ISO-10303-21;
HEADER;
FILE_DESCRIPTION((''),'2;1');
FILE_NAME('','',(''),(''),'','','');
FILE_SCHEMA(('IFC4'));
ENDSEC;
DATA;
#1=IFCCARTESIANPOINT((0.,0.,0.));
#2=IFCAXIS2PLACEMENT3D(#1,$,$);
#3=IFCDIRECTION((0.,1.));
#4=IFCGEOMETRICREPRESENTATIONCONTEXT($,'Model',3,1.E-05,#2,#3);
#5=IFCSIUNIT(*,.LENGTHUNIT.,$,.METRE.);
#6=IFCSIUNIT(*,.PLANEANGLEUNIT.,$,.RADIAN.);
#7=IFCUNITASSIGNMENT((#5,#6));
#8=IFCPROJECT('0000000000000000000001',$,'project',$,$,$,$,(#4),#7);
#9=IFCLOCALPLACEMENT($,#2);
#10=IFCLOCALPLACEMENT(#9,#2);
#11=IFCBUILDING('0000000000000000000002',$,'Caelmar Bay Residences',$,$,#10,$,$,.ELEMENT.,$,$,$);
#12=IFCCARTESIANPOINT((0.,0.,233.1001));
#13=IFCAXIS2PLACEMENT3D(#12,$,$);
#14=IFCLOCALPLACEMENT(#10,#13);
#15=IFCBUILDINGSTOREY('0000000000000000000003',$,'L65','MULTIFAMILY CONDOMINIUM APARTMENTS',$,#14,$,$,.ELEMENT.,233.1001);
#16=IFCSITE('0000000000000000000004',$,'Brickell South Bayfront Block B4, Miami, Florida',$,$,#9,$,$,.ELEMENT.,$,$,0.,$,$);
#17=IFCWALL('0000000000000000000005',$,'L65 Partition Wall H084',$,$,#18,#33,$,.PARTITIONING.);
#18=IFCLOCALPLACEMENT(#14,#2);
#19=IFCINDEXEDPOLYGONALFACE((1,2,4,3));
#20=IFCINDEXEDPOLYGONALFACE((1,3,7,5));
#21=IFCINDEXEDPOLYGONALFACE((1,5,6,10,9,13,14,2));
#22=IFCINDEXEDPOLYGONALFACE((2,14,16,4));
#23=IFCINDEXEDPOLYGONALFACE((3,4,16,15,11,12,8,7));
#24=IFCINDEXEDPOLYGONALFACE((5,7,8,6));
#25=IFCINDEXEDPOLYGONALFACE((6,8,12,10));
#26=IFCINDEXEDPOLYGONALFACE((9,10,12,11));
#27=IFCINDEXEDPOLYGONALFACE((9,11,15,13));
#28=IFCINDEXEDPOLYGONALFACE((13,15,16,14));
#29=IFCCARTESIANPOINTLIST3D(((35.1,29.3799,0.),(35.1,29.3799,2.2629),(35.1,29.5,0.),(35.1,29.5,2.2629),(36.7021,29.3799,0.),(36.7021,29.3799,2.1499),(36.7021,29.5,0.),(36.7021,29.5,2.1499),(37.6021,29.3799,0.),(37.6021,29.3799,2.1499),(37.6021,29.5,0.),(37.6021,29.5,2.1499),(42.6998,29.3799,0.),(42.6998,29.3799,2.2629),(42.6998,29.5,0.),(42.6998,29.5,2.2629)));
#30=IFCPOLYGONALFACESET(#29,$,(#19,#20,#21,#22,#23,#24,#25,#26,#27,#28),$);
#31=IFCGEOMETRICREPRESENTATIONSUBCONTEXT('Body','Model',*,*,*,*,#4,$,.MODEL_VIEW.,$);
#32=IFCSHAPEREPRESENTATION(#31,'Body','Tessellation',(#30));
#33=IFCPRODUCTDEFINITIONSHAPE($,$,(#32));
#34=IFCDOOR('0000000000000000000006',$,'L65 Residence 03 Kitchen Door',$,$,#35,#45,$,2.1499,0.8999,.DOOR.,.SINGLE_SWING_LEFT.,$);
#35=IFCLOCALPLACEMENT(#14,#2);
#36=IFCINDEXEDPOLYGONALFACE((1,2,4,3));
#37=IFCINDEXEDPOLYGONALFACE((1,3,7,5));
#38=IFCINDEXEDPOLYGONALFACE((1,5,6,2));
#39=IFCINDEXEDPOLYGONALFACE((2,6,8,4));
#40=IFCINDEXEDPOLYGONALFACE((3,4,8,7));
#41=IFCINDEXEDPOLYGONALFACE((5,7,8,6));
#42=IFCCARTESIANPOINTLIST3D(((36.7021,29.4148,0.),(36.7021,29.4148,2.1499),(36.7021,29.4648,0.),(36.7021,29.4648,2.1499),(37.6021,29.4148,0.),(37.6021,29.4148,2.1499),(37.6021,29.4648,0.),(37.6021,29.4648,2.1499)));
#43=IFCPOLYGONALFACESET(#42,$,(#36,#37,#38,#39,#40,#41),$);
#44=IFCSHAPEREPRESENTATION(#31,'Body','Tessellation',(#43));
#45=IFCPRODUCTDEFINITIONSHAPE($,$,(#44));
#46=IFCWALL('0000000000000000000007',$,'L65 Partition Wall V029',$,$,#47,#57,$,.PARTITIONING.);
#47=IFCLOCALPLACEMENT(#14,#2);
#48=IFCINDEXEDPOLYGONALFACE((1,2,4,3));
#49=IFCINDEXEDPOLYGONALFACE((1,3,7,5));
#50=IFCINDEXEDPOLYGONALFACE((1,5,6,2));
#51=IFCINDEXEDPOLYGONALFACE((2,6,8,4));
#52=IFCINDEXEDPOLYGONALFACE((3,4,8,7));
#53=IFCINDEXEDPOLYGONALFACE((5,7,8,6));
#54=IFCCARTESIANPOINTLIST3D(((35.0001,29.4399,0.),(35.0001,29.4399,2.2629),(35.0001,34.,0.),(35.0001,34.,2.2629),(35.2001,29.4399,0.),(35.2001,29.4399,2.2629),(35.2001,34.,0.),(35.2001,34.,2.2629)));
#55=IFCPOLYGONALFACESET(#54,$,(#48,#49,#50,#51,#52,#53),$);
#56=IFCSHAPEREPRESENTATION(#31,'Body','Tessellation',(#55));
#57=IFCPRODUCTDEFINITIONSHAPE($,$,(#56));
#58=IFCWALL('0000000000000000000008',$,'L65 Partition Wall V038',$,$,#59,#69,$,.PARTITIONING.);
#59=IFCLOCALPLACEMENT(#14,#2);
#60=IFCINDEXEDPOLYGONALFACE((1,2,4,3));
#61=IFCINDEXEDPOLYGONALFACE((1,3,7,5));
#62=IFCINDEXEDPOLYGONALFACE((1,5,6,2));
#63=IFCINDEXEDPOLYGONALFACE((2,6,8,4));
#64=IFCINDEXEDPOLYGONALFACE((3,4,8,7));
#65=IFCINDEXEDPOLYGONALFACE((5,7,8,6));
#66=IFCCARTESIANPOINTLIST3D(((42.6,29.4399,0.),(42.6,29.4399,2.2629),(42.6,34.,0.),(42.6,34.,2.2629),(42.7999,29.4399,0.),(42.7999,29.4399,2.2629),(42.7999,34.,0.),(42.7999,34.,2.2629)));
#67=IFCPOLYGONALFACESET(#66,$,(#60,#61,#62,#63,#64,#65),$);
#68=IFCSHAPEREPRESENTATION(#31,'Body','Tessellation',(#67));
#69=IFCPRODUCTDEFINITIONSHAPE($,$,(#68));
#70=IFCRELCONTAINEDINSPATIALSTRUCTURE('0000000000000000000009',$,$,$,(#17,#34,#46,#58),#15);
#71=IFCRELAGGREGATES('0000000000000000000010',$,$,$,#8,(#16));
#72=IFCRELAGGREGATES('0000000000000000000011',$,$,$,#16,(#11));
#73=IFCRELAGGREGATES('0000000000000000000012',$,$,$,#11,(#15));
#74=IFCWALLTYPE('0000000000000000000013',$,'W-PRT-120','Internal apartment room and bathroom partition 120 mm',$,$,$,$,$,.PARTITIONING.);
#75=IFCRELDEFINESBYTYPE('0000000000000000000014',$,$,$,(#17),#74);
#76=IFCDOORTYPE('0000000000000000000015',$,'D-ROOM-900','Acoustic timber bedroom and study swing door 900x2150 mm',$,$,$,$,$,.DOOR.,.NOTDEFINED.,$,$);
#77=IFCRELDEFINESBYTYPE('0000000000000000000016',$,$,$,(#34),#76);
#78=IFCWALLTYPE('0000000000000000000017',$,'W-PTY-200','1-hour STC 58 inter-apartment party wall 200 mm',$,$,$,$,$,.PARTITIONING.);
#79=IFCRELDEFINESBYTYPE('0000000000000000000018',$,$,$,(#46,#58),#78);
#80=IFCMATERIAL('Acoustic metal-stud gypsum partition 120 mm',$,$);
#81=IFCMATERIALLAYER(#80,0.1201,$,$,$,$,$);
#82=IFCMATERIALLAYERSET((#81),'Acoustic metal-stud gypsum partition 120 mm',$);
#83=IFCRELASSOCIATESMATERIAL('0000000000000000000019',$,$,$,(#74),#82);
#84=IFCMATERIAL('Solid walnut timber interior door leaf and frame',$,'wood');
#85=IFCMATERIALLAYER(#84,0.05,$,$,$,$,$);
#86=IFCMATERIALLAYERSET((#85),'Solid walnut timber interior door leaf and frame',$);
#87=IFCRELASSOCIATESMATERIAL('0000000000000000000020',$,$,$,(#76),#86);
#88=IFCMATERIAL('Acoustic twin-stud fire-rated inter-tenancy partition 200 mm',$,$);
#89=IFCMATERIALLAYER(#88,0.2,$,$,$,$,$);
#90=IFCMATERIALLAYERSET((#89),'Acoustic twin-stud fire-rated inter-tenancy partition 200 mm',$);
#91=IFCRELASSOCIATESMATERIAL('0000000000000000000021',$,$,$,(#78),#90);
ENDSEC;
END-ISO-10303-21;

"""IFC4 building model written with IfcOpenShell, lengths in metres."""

from ifc_helpers import new_model, si_unit, direction, frame, frame_2d, origin, place, context, subcontext, project, spatial, rectangle, extrude, material, layer, layer_set, type_object, element, fill, save


model = new_model("IFC4")

# Units and contexts
model_context = context("Model", 3, precision=1e-05, world=origin(), true_north=direction((0.0, 1.0)))
body_context = subcontext(model_context, "Body", "Model", "MODEL_VIEW")
ifc_project = project(units=[si_unit("LENGTHUNIT", "METRE"), si_unit("PLANEANGLEUNIT", "RADIAN")], contexts=[model_context])

# Site, building, storey
site_placement = place(None, origin())
site = spatial("IfcSite", under=ifc_project, at=site_placement, Name="Brickell South Bayfront Block B4, Miami, Florida", CompositionType="ELEMENT", RefElevation=0.0)
building_placement = place(site_placement, origin())
building = spatial("IfcBuilding", under=site, at=building_placement, Name="Caelmar Bay Residences", CompositionType="ELEMENT")
storey_placement = place(building_placement, frame((0.0, 0.0, 233.1001)))
storey = spatial("IfcBuildingStorey", under=building, at=storey_placement, Name="L65", Description="MULTIFAMILY CONDOMINIUM APARTMENTS", CompositionType="ELEMENT", Elevation=233.1001)

# Shared definitions
ifc_material_1 = material(Name="Acoustic metal-stud gypsum partition 120 mm")
ifc_layer_1 = layer(ifc_material_1, 0.1201)
ifc_layer_set_1 = layer_set([ifc_layer_1], Name="Acoustic metal-stud gypsum partition 120 mm")
wall_type_1 = type_object("IfcWallType", Name="W-PRT-120", Description="Internal apartment room and bathroom partition 120 mm", PredefinedType="PARTITIONING", material=ifc_layer_set_1)
ifc_material_2 = material(Name="Solid walnut timber interior door leaf and frame", Category="wood")
ifc_layer_2 = layer(ifc_material_2, 0.05)
ifc_layer_set_2 = layer_set([ifc_layer_2], Name="Solid walnut timber interior door leaf and frame")
door_type_1 = type_object("IfcDoorType", Name="D-ROOM-900", Description="Acoustic timber bedroom and study swing door 900x2150 mm", OperationType="NOTDEFINED", PredefinedType="DOOR", material=ifc_layer_set_2)

# Wall, opening, door
wall_1_placement = place(storey_placement, frame((35.1001, 29.4399, 0.0), z_axis=(0.0, 0.0, 1.0), x_axis=(1.0, 0.0, 0.0)))
wall_1 = element("IfcWall", 1, at=wall_1_placement, inside=storey, type_object=wall_type_1, Name="L65 Partition Wall H084", PredefinedType="PARTITIONING", context=body_context, shape_type="SweptSolid", body=[
    extrude(rectangle(XDim=7.5999, YDim=0.1201, at=frame_2d((3.7998, 0.0))), origin(), (0.0, 0.0, 1.0), 2.2629),
])
opening_1_placement = place(wall_1_placement, frame((1.6021, 0.0, 0.0)))
opening_1 = element("IfcOpeningElement", 2, at=opening_1_placement, cuts=wall_1, PredefinedType="OPENING", context=body_context, shape_type="SweptSolid", body=[
    extrude(rectangle(XDim=0.8999, YDim=2.1499, at=frame_2d((0.45, 1.075))), frame((0.0, 0.0701, 0.0), z_axis=(0.0, -1.0, 0.0), x_axis=(1.0, 0.0, 0.0)), (0.0, 0.0, 1.0), 0.1401),
])
door_1_placement = place(opening_1_placement, origin())
door_1 = element("IfcDoor", 3, at=door_1_placement, inside=storey, type_object=door_type_1, Name="L65 Residence 03 Kitchen Door", OperationType="SINGLE_SWING_LEFT", OverallHeight=2.1499, OverallWidth=0.8999, PredefinedType="DOOR", context=body_context, shape_type="SweptSolid", body=[
    extrude(rectangle(XDim=0.8999, YDim=2.1499, at=frame_2d((0.45, 1.075))), frame((0.0, 0.0249, 0.0), z_axis=(0.0, -1.0, 0.0), x_axis=(1.0, 0.0, 0.0)), (0.0, 0.0, 1.0), 0.05),
])
fill(opening_1, door_1)

# Walls
ifc_material_3 = material(Name="Acoustic twin-stud fire-rated inter-tenancy partition 200 mm")
ifc_layer_3 = layer(ifc_material_3, 0.2)
ifc_layer_set_3 = layer_set([ifc_layer_3], Name="Acoustic twin-stud fire-rated inter-tenancy partition 200 mm")
wall_type_2 = type_object("IfcWallType", Name="W-PTY-200", Description="1-hour STC 58 inter-apartment party wall 200 mm", PredefinedType="PARTITIONING", material=ifc_layer_set_3)
for number, where, z_axis, x_axis, name in (
    (4, (35.1001, 29.4399, 0.0), (0.0, 0.0, 1.0), (0.0, 1.0, 0.0), "L65 Partition Wall V029"),
    (5, (42.7, 29.4399, 0.0), (0.0, 0.0, 1.0), (0.0, 1.0, 0.0), "L65 Partition Wall V038"),
):
    element("IfcWall", number, at=place(storey_placement, frame(where, z_axis=z_axis, x_axis=x_axis)), inside=storey, type_object=wall_type_2, Name=name, PredefinedType="PARTITIONING", context=body_context, shape_type="SweptSolid", body=[
        extrude(rectangle(XDim=4.5601, YDim=0.2, at=frame_2d((2.28, 0.0))), origin(), (0.0, 0.0, 1.0), 2.2629),
    ])

save(model, "model.ifc")
